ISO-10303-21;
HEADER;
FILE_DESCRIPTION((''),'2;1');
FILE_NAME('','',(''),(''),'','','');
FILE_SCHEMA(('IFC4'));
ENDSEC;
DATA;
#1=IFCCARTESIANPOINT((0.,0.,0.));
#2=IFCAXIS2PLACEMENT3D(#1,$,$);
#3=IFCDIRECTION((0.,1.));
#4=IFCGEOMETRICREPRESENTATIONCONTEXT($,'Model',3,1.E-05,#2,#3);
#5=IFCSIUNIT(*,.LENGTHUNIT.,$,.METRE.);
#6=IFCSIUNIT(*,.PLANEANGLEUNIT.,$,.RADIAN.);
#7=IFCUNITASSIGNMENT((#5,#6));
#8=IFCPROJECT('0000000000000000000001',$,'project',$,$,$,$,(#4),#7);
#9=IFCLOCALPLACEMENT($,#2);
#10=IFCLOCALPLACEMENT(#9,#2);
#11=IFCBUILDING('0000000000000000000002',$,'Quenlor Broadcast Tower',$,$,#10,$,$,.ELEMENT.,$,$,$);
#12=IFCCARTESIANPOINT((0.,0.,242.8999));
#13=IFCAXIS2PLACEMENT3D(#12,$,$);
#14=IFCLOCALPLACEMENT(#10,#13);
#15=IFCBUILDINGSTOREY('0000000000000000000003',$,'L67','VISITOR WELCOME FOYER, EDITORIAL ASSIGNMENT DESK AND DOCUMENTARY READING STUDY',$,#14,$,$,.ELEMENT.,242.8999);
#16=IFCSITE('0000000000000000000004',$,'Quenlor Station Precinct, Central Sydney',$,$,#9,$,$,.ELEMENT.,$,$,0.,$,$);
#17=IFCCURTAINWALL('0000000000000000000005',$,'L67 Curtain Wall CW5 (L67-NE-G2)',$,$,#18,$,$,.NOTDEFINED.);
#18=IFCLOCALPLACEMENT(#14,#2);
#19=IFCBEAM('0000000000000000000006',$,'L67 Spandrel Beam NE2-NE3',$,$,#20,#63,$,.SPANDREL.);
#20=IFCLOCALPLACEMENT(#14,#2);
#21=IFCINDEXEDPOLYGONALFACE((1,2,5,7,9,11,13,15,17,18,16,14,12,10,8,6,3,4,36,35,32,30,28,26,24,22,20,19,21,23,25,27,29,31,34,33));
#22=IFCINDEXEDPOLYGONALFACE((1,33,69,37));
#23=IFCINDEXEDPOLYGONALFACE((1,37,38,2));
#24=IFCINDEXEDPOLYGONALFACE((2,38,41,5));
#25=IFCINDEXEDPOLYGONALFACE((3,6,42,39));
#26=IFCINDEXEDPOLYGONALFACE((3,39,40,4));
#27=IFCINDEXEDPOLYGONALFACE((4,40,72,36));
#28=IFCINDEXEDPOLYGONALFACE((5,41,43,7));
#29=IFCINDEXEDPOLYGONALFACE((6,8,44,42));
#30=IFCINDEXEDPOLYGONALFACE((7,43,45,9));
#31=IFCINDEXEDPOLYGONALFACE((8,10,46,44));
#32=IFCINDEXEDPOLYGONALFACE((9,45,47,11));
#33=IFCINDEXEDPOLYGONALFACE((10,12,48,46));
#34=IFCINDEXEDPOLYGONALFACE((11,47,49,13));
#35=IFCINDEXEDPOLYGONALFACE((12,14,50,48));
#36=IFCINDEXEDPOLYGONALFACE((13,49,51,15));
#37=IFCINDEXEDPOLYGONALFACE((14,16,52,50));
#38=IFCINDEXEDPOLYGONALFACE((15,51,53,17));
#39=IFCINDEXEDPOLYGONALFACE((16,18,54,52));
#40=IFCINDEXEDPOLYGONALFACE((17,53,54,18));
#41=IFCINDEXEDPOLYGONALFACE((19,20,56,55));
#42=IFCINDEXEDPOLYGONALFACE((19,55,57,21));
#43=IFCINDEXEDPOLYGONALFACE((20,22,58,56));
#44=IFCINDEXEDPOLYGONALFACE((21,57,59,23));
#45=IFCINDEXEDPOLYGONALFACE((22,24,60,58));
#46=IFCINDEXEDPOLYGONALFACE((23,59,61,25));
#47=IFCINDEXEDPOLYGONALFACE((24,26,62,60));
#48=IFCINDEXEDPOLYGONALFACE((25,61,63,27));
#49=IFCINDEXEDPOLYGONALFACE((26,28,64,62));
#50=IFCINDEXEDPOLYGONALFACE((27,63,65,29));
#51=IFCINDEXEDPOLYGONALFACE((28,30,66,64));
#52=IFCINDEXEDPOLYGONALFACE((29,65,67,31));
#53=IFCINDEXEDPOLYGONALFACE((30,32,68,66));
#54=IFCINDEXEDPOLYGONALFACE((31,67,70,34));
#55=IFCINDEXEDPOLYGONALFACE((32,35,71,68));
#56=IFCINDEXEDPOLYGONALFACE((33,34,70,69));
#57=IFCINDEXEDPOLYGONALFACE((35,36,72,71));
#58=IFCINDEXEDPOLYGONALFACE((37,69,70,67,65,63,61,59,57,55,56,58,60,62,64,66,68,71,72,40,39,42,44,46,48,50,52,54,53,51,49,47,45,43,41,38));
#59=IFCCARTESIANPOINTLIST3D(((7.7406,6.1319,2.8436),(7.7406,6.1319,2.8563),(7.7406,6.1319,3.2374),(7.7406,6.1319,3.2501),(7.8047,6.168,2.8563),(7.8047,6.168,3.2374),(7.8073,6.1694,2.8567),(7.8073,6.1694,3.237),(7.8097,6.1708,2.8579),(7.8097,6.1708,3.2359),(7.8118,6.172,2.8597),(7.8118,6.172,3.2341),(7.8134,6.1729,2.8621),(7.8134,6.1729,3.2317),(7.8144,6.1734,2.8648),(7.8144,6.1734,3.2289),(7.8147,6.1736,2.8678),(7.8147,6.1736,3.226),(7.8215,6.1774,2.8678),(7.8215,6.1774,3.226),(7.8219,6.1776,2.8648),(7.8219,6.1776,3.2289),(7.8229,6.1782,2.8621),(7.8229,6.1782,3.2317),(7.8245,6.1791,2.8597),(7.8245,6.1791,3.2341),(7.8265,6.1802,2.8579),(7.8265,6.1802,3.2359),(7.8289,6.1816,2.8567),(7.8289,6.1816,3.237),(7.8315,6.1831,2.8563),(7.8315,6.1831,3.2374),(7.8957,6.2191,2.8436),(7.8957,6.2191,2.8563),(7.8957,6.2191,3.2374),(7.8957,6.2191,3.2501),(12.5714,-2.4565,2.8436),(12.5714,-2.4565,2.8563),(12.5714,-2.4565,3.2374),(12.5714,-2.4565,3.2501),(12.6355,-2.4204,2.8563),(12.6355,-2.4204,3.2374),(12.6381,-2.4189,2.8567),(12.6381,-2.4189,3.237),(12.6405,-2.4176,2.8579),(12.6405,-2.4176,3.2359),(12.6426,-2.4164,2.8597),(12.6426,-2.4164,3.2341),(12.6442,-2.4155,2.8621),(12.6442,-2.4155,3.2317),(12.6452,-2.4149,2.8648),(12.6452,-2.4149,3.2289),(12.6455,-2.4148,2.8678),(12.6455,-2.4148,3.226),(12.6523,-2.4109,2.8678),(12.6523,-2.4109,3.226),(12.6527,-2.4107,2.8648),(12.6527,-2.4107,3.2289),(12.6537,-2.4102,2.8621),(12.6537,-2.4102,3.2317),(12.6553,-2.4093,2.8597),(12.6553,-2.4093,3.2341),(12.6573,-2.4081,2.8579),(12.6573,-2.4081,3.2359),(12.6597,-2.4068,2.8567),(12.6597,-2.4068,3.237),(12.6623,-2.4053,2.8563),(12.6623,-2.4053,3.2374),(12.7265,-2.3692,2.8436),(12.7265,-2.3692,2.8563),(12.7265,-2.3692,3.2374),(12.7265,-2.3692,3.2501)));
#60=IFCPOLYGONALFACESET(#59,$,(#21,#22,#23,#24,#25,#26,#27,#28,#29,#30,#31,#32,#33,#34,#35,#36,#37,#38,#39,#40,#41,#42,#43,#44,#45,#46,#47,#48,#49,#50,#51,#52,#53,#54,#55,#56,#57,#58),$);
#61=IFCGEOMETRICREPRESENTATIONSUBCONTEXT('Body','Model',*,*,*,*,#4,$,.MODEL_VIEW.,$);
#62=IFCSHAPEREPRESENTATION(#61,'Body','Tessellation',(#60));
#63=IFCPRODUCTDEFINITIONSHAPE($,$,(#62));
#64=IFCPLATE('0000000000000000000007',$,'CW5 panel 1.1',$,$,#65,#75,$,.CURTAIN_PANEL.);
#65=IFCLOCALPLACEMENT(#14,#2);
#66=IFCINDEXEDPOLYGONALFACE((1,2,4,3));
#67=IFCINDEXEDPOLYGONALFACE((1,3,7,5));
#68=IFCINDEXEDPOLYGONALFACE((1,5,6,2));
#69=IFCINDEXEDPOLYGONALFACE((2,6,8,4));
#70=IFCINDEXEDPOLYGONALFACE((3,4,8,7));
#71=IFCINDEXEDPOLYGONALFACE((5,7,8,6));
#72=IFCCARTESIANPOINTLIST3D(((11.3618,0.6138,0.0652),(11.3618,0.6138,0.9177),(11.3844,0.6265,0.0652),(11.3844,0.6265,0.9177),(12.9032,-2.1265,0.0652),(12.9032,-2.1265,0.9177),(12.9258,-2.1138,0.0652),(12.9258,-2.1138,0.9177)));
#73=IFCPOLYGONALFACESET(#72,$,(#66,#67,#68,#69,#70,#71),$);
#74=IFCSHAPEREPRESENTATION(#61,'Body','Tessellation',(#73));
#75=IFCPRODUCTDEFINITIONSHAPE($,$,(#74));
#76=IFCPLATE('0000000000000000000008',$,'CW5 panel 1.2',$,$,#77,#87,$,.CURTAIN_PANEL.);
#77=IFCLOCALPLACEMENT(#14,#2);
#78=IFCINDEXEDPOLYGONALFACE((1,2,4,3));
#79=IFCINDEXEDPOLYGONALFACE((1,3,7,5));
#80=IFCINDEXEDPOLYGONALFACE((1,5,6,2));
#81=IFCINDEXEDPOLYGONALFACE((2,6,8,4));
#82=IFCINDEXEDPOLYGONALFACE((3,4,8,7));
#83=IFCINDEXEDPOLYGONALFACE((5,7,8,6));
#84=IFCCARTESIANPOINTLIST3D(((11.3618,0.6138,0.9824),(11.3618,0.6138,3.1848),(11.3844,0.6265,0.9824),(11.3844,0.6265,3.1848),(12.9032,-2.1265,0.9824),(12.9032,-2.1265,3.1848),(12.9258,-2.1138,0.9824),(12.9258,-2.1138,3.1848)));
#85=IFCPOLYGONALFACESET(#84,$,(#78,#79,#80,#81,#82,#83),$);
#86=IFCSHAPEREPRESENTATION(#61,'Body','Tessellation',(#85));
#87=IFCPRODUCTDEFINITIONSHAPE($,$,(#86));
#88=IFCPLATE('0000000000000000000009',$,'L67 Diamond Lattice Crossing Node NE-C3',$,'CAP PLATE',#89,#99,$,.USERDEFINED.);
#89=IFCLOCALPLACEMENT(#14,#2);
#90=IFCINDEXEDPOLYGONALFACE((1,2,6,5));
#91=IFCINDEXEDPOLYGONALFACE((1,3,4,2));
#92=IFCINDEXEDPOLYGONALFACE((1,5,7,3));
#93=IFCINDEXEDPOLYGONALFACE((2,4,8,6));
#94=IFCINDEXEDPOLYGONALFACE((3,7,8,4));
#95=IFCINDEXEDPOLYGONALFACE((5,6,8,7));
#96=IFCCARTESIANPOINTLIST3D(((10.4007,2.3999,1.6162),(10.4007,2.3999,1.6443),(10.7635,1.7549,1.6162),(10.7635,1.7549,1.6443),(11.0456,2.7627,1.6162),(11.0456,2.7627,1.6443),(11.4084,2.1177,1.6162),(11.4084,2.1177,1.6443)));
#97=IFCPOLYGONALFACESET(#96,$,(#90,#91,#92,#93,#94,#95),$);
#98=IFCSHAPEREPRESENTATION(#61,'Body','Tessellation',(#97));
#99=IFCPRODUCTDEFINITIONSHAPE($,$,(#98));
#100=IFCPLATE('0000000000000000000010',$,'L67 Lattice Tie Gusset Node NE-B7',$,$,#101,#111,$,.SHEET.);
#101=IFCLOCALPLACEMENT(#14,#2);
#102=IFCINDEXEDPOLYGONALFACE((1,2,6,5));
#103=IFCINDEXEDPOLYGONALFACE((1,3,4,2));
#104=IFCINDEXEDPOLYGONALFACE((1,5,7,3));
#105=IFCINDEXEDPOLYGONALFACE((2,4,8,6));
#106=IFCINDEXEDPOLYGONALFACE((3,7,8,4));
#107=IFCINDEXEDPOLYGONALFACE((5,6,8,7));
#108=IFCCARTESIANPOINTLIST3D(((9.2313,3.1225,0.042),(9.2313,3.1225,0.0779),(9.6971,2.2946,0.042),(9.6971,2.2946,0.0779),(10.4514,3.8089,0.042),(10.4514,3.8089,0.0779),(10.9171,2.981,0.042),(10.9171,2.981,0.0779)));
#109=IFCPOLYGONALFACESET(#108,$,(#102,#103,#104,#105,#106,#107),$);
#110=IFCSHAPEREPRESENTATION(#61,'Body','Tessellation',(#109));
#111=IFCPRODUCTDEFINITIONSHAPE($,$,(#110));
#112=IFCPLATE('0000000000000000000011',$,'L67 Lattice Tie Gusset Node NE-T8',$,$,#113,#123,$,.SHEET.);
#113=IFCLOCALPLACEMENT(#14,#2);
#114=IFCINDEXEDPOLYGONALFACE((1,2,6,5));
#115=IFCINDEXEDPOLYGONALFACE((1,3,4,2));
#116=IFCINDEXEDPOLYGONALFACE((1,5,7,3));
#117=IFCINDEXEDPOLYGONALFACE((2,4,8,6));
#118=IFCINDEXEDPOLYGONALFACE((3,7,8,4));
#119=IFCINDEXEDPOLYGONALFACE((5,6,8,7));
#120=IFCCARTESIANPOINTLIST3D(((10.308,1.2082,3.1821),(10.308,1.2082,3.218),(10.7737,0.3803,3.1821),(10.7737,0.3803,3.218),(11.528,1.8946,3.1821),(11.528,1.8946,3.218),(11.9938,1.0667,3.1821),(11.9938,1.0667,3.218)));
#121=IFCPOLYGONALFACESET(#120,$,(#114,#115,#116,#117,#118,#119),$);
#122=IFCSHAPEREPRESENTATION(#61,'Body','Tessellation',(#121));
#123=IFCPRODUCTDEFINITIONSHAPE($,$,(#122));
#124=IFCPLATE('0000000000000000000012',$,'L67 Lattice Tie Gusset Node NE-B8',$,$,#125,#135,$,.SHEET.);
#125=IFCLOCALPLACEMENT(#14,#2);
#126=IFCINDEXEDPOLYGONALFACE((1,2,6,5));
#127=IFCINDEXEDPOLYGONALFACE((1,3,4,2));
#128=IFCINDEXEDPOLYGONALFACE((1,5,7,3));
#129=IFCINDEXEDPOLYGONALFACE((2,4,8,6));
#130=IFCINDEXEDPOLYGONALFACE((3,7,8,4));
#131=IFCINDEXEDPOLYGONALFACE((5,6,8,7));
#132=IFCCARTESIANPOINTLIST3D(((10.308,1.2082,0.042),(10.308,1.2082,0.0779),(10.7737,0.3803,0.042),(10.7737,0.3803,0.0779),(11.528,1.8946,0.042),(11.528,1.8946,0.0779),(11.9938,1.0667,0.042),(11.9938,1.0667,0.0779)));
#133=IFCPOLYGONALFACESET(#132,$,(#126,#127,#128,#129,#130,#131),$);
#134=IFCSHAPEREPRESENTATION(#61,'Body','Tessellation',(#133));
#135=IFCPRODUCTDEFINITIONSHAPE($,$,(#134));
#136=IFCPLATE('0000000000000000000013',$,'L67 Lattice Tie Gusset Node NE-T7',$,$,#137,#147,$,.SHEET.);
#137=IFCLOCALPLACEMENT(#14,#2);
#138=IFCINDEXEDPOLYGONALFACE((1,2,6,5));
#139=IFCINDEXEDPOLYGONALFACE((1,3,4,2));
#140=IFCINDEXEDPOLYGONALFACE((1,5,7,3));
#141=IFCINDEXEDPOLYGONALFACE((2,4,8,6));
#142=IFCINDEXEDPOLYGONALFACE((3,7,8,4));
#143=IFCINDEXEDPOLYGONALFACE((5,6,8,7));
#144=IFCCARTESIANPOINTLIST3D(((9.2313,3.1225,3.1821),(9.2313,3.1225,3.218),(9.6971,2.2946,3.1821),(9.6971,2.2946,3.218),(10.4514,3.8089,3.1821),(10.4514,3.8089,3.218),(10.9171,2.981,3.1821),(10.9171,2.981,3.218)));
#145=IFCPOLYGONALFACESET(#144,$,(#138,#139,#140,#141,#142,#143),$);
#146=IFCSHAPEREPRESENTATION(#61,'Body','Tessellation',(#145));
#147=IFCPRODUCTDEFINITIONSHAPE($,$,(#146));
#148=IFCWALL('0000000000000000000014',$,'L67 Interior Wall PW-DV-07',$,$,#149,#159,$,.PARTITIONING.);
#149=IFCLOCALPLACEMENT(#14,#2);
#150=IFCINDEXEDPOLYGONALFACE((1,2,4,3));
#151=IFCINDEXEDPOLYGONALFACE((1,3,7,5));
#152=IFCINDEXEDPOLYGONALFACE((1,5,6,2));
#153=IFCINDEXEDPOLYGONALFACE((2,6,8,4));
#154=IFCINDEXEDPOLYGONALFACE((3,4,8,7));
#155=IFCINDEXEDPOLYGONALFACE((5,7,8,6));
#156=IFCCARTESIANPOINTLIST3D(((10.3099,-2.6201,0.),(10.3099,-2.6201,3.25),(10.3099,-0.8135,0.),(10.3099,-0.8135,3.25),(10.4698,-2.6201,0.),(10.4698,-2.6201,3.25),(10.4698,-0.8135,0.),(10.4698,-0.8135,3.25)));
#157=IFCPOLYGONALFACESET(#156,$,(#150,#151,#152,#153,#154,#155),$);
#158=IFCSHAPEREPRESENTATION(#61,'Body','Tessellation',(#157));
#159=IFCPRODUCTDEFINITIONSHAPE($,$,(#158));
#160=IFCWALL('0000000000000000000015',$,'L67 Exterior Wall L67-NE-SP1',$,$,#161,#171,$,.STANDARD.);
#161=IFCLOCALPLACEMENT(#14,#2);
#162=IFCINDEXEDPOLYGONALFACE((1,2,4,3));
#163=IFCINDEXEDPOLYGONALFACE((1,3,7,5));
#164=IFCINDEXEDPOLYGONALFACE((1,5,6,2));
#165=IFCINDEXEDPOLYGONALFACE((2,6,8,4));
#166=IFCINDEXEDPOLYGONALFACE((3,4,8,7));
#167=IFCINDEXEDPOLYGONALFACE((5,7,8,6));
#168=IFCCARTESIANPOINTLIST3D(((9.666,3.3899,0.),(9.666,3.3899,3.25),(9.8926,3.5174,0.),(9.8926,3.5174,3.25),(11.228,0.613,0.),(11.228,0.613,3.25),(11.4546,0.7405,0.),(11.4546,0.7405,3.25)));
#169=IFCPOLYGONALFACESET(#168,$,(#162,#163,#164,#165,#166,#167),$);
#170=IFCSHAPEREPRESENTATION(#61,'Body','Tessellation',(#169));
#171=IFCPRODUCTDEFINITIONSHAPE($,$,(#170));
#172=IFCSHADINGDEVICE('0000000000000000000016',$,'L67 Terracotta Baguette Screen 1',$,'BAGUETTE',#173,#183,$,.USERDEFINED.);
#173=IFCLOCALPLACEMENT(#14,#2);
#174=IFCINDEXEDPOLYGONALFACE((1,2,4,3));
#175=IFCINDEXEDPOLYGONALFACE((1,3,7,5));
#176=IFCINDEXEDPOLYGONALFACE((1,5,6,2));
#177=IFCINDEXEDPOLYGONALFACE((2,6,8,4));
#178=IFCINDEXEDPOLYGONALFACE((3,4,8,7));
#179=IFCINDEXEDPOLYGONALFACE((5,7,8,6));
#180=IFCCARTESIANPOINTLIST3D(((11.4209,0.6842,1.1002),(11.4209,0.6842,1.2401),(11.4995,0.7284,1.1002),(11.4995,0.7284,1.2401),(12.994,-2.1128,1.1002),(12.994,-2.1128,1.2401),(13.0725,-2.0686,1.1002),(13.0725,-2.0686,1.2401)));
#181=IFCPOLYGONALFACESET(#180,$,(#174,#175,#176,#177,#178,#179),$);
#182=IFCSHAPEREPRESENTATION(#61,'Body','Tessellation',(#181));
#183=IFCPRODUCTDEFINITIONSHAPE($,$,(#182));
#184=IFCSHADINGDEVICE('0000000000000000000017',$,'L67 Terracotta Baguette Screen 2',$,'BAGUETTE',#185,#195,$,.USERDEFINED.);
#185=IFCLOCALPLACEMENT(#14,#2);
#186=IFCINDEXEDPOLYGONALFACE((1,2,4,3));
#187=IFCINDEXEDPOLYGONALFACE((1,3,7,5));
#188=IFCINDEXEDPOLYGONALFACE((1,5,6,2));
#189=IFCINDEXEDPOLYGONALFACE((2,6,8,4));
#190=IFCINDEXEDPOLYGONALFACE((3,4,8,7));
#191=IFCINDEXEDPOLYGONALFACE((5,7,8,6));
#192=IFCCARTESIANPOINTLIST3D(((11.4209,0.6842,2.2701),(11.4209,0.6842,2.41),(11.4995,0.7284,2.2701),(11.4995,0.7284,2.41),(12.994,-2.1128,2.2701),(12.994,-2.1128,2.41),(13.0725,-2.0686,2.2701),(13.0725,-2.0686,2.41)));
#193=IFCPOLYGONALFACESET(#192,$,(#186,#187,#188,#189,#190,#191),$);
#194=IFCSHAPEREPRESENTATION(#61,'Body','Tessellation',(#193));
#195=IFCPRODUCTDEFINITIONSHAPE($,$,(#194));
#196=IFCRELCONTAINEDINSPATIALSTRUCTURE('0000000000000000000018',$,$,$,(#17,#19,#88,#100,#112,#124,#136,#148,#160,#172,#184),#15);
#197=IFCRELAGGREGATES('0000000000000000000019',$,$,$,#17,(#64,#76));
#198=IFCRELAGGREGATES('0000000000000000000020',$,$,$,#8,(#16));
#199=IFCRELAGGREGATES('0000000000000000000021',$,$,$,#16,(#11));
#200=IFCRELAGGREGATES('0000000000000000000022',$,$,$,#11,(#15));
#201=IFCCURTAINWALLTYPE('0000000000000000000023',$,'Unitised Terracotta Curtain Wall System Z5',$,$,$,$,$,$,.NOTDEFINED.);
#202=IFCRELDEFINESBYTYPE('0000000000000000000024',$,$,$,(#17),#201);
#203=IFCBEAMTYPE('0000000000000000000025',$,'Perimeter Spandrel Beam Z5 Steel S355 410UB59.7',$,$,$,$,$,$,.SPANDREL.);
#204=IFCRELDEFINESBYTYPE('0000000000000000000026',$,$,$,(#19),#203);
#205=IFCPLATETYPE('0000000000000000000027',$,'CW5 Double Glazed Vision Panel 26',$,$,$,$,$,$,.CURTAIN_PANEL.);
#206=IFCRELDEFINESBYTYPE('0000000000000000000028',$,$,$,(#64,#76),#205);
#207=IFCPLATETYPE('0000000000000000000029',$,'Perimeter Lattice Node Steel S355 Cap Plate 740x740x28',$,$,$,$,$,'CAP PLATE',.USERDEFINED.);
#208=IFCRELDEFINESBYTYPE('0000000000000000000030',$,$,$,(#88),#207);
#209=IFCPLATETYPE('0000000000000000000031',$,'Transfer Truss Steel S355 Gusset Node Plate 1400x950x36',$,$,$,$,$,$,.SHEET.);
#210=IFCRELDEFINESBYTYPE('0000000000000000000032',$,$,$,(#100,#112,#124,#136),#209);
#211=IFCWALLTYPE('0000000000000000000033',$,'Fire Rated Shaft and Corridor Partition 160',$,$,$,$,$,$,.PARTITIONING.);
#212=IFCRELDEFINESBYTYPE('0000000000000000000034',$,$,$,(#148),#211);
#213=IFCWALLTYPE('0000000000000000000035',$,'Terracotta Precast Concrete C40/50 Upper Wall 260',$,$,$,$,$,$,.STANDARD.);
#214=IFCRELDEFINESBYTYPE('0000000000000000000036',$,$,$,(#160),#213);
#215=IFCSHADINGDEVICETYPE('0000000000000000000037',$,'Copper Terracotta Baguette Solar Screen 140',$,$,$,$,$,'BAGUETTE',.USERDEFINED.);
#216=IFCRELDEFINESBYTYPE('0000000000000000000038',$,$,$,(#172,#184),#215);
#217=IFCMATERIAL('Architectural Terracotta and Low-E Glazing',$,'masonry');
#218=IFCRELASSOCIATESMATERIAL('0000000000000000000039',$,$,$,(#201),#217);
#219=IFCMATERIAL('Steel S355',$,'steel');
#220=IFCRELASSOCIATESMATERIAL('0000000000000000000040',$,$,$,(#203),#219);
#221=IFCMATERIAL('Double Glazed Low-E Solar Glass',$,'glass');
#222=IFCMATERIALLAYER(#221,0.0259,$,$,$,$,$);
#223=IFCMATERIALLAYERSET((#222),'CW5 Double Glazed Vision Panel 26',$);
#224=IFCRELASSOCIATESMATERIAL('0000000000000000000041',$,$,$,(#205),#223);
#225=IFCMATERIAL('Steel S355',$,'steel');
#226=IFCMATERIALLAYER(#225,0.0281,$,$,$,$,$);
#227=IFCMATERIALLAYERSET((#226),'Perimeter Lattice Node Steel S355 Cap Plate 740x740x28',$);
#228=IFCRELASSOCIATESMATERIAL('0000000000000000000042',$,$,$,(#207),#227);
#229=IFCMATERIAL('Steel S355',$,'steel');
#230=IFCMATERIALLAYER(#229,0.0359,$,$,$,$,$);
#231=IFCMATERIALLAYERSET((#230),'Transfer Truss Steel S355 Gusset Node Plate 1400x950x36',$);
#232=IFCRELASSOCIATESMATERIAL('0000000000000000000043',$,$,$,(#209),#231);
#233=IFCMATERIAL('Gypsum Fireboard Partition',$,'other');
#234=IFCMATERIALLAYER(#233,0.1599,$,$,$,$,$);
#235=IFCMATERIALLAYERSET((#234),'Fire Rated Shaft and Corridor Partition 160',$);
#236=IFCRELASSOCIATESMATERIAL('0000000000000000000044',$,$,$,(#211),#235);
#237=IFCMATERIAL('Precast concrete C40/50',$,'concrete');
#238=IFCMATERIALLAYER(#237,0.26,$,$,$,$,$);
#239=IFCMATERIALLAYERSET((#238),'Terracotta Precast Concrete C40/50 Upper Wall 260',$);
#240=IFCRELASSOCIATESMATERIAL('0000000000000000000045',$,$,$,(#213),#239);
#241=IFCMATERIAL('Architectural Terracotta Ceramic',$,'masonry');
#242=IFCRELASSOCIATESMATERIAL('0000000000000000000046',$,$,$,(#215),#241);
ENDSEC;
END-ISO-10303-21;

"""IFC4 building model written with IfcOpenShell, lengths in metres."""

from ifc_helpers import new_model, si_unit, direction, frame, frame_2d, origin, origin_2d, place, context, subcontext, project, spatial, rectangle, i_section, extrude, material, layer, layer_set, material_profile, profile_set, type_object, element, aggregate, save


model = new_model("IFC4")

# Units and contexts
model_context = context("Model", 3, precision=1e-05, world=origin(), true_north=direction((0.0, 1.0)))
body_context = subcontext(model_context, "Body", "Model", "MODEL_VIEW")
ifc_project = project(units=[si_unit("LENGTHUNIT", "METRE"), si_unit("PLANEANGLEUNIT", "RADIAN")], contexts=[model_context])

# Site, building, storey
site_placement = place(None, origin())
site = spatial("IfcSite", under=ifc_project, at=site_placement, Name="Quenlor Station Precinct, Central Sydney", CompositionType="ELEMENT", RefElevation=0.0)
building_placement = place(site_placement, origin())
building = spatial("IfcBuilding", under=site, at=building_placement, Name="Quenlor Broadcast Tower", CompositionType="ELEMENT")
storey_placement = place(building_placement, frame((0.0, 0.0, 242.8999)))
storey = spatial("IfcBuildingStorey", under=building, at=storey_placement, Name="L67", Description="VISITOR WELCOME FOYER, EDITORIAL ASSIGNMENT DESK AND DOCUMENTARY READING STUDY", CompositionType="ELEMENT", Elevation=242.8999)

# Shared definitions
ifc_material_1 = material(Name="Architectural Terracotta and Low-E Glazing", Category="masonry")
curtain_wall_type = type_object("IfcCurtainWallType", Name="Unitised Terracotta Curtain Wall System Z5", PredefinedType="NOTDEFINED", material=ifc_material_1)

# Curtain wall
curtain_wall_1_placement = place(storey_placement, origin())
curtain_wall_1 = element("IfcCurtainWall", 1, at=curtain_wall_1_placement, inside=storey, type_object=curtain_wall_type, Name="L67 Curtain Wall CW5 (L67-NE-G2)", PredefinedType="NOTDEFINED")

# Beam
ifc_material_2 = material(Name="Steel S355", Category="steel")
ifc_material_profile_1 = material_profile(ifc_material_2, i_section(OverallWidth=0.178, OverallDepth=0.4065, WebThickness=0.0078, FlangeThickness=0.0127, FilletRadius=0.0115, at=origin_2d()))
ifc_profile_set_1 = profile_set([ifc_material_profile_1], Name="Steel S355 410UB59.7")
beam_type = type_object("IfcBeamType", Name="Perimeter Spandrel Beam Z5 Steel S355 410UB59.7", PredefinedType="SPANDREL", material=ifc_profile_set_1)
beam_placement = place(storey_placement, frame((12.6489, -2.4128, 3.0469), z_axis=(-0.490249, 0.871582, 0.0), x_axis=(-0.871582, -0.490249, 0.0)))
element("IfcBeam", 2, at=beam_placement, inside=storey, type_object=beam_type, Name="L67 Spandrel Beam NE2-NE3", PredefinedType="SPANDREL", context=body_context, shape_type="SweptSolid", body=[
    extrude(i_section(OverallWidth=0.178, OverallDepth=0.4065, WebThickness=0.0078, FlangeThickness=0.0127, FilletRadius=0.0115, at=origin_2d()), origin(), (0.0, 0.0, 1.0), 9.8538),
])

# Plates
ifc_material_3 = material(Name="Double Glazed Low-E Solar Glass", Category="glass")
ifc_layer_1 = layer(ifc_material_3, 0.0259)
ifc_layer_set_1 = layer_set([ifc_layer_1], Name="CW5 Double Glazed Vision Panel 26")
plate_type_1 = type_object("IfcPlateType", Name="CW5 Double Glazed Vision Panel 26", PredefinedType="CURTAIN_PANEL", material=ifc_layer_set_1)
plate_1_placement = place(storey_placement, frame((12.1438, -0.75, 0.0652), z_axis=(0.0, 0.0, 1.0), x_axis=(0.490263, -0.871575, 0.0)))
plate_1 = element("IfcPlate", 3, at=plate_1_placement, type_object=plate_type_1, Name="CW5 panel 1.1", PredefinedType="CURTAIN_PANEL", context=body_context, shape_type="SweptSolid", body=[
    extrude(rectangle(XDim=3.144, YDim=0.0259, at=origin_2d()), origin(), (0.0, 0.0, 1.0), 0.8525),
])
plate_2_placement = place(storey_placement, frame((12.1438, -0.75, 0.9824), z_axis=(0.0, 0.0, 1.0), x_axis=(0.490263, -0.871575, 0.0)))
plate_2 = element("IfcPlate", 4, at=plate_2_placement, type_object=plate_type_1, Name="CW5 panel 1.2", PredefinedType="CURTAIN_PANEL", context=body_context, shape_type="SweptSolid", body=[
    extrude(rectangle(XDim=3.144, YDim=0.0259, at=origin_2d()), origin(), (0.0, 0.0, 1.0), 2.2024),
])
aggregate(curtain_wall_1, [plate_1, plate_2])

# Plates
ifc_material_4 = material(Name="Steel S355", Category="steel")
ifc_layer_2 = layer(ifc_material_4, 0.0281)
ifc_layer_set_2 = layer_set([ifc_layer_2], Name="Perimeter Lattice Node Steel S355 Cap Plate 740x740x28")
plate_type_2 = type_object("IfcPlateType", Name="Perimeter Lattice Node Steel S355 Cap Plate 740x740x28", ElementType="CAP PLATE", PredefinedType="USERDEFINED", material=ifc_layer_set_2)
plate_3_placement = place(storey_placement, frame((10.9045, 2.2588, 1.6162), z_axis=(0.0, 0.0, 1.0), x_axis=(0.490295, -0.871556, 0.0)))
element("IfcPlate", 5, at=plate_3_placement, inside=storey, type_object=plate_type_2, Name="L67 Diamond Lattice Crossing Node NE-C3", ObjectType="CAP PLATE", PredefinedType="USERDEFINED", context=body_context, shape_type="SweptSolid", body=[
    extrude(rectangle(XDim=0.74, YDim=0.74, at=origin_2d()), origin(), (0.0, 0.0, 1.0), 0.0281),
])
ifc_material_5 = material(Name="Steel S355", Category="steel")
ifc_layer_3 = layer(ifc_material_5, 0.0359)
ifc_layer_set_3 = layer_set([ifc_layer_3], Name="Transfer Truss Steel S355 Gusset Node Plate 1400x950x36")
plate_type_3 = type_object("IfcPlateType", Name="Transfer Truss Steel S355 Gusset Node Plate 1400x950x36", PredefinedType="SHEET", material=ifc_layer_set_3)
for number, where, z_axis, x_axis, name in (
    (6, (10.0742, 3.0518, 0.042), (0.0, 0.0, 1.0), (0.871556, 0.490295, 0.0), "L67 Lattice Tie Gusset Node NE-B7"),
    (7, (11.1509, 1.1375, 3.1821), (0.0, 0.0, 1.0), (0.871556, 0.490295, 0.0), "L67 Lattice Tie Gusset Node NE-T8"),
    (8, (11.1509, 1.1375, 0.042), (0.0, 0.0, 1.0), (0.871556, 0.490295, 0.0), "L67 Lattice Tie Gusset Node NE-B8"),
    (9, (10.0742, 3.0518, 3.1821), (0.0, 0.0, 1.0), (0.871556, 0.490295, 0.0), "L67 Lattice Tie Gusset Node NE-T7"),
):
    element("IfcPlate", number, at=place(storey_placement, frame(where, z_axis=z_axis, x_axis=x_axis)), inside=storey, type_object=plate_type_3, Name=name, PredefinedType="SHEET", context=body_context, shape_type="SweptSolid", body=[
        extrude(rectangle(XDim=1.3999, YDim=0.95, at=origin_2d()), origin(), (0.0, 0.0, 1.0), 0.0359),
    ])

# Walls
ifc_material_6 = material(Name="Gypsum Fireboard Partition", Category="other")
ifc_layer_4 = layer(ifc_material_6, 0.1599)
ifc_layer_set_4 = layer_set([ifc_layer_4], Name="Fire Rated Shaft and Corridor Partition 160")
wall_type_1 = type_object("IfcWallType", Name="Fire Rated Shaft and Corridor Partition 160", PredefinedType="PARTITIONING", material=ifc_layer_set_4)
wall_1_placement = place(storey_placement, frame((10.3899, -0.8135, 0.0), z_axis=(0.0, 0.0, 1.0), x_axis=(0.0, -1.0, 0.0)))
element("IfcWall", 10, at=wall_1_placement, inside=storey, type_object=wall_type_1, Name="L67 Interior Wall PW-DV-07", PredefinedType="PARTITIONING", context=body_context, shape_type="SweptSolid", body=[
    extrude(rectangle(XDim=1.8066, YDim=0.1599, at=frame_2d((0.9033, 0.0))), origin(), (0.0, 0.0, 1.0), 3.25),
])
ifc_material_7 = material(Name="Precast concrete C40/50", Category="concrete")
ifc_layer_5 = layer(ifc_material_7, 0.26)
ifc_layer_set_5 = layer_set([ifc_layer_5], Name="Terracotta Precast Concrete C40/50 Upper Wall 260")
wall_type_2 = type_object("IfcWallType", Name="Terracotta Precast Concrete C40/50 Upper Wall 260", PredefinedType="STANDARD", material=ifc_layer_set_5)
wall_2_placement = place(storey_placement, frame((9.7793, 3.4536, 0.0), z_axis=(0.0, 0.0, 1.0), x_axis=(0.490269, -0.871571, 0.0)))
element("IfcWall", 11, at=wall_2_placement, inside=storey, type_object=wall_type_2, Name="L67 Exterior Wall L67-NE-SP1", PredefinedType="STANDARD", context=body_context, shape_type="SweptSolid", body=[
    extrude(rectangle(XDim=3.186, YDim=0.26, at=frame_2d((1.593, 0.0))), origin(), (0.0, 0.0, 1.0), 3.25),
])

# Shading devices
ifc_material_8 = material(Name="Architectural Terracotta Ceramic", Category="masonry")
ifc_material_profile_2 = material_profile(ifc_material_8, rectangle(XDim=0.0901, YDim=0.1399, at=origin_2d()))
ifc_profile_set_2 = profile_set([ifc_material_profile_2], Name="Architectural Terracotta Ceramic BAG90x140")
shading_device_type = type_object("IfcShadingDeviceType", Name="Copper Terracotta Baguette Solar Screen 140", ElementType="BAGUETTE", PredefinedType="USERDEFINED", material=ifc_profile_set_2)
for number, where, z_axis, x_axis, name in (
    (12, (11.4602, 0.7063, 1.1702), (0.490203, -0.871608, 0.0), (0.871608, 0.490203, 0.0), "L67 Terracotta Baguette Screen 1"),
    (13, (11.4602, 0.7063, 2.3401), (0.490203, -0.871608, 0.0), (0.871608, 0.490203, 0.0), "L67 Terracotta Baguette Screen 2"),
):
    element("IfcShadingDevice", number, at=place(storey_placement, frame(where, z_axis=z_axis, x_axis=x_axis)), inside=storey, type_object=shading_device_type, Name=name, ObjectType="BAGUETTE", PredefinedType="USERDEFINED", context=body_context, shape_type="SweptSolid", body=[
        extrude(rectangle(XDim=0.0901, YDim=0.1399, at=origin_2d()), origin(), (0.0, 0.0, 1.0), 3.209),
    ])

save(model, "model.ifc")
